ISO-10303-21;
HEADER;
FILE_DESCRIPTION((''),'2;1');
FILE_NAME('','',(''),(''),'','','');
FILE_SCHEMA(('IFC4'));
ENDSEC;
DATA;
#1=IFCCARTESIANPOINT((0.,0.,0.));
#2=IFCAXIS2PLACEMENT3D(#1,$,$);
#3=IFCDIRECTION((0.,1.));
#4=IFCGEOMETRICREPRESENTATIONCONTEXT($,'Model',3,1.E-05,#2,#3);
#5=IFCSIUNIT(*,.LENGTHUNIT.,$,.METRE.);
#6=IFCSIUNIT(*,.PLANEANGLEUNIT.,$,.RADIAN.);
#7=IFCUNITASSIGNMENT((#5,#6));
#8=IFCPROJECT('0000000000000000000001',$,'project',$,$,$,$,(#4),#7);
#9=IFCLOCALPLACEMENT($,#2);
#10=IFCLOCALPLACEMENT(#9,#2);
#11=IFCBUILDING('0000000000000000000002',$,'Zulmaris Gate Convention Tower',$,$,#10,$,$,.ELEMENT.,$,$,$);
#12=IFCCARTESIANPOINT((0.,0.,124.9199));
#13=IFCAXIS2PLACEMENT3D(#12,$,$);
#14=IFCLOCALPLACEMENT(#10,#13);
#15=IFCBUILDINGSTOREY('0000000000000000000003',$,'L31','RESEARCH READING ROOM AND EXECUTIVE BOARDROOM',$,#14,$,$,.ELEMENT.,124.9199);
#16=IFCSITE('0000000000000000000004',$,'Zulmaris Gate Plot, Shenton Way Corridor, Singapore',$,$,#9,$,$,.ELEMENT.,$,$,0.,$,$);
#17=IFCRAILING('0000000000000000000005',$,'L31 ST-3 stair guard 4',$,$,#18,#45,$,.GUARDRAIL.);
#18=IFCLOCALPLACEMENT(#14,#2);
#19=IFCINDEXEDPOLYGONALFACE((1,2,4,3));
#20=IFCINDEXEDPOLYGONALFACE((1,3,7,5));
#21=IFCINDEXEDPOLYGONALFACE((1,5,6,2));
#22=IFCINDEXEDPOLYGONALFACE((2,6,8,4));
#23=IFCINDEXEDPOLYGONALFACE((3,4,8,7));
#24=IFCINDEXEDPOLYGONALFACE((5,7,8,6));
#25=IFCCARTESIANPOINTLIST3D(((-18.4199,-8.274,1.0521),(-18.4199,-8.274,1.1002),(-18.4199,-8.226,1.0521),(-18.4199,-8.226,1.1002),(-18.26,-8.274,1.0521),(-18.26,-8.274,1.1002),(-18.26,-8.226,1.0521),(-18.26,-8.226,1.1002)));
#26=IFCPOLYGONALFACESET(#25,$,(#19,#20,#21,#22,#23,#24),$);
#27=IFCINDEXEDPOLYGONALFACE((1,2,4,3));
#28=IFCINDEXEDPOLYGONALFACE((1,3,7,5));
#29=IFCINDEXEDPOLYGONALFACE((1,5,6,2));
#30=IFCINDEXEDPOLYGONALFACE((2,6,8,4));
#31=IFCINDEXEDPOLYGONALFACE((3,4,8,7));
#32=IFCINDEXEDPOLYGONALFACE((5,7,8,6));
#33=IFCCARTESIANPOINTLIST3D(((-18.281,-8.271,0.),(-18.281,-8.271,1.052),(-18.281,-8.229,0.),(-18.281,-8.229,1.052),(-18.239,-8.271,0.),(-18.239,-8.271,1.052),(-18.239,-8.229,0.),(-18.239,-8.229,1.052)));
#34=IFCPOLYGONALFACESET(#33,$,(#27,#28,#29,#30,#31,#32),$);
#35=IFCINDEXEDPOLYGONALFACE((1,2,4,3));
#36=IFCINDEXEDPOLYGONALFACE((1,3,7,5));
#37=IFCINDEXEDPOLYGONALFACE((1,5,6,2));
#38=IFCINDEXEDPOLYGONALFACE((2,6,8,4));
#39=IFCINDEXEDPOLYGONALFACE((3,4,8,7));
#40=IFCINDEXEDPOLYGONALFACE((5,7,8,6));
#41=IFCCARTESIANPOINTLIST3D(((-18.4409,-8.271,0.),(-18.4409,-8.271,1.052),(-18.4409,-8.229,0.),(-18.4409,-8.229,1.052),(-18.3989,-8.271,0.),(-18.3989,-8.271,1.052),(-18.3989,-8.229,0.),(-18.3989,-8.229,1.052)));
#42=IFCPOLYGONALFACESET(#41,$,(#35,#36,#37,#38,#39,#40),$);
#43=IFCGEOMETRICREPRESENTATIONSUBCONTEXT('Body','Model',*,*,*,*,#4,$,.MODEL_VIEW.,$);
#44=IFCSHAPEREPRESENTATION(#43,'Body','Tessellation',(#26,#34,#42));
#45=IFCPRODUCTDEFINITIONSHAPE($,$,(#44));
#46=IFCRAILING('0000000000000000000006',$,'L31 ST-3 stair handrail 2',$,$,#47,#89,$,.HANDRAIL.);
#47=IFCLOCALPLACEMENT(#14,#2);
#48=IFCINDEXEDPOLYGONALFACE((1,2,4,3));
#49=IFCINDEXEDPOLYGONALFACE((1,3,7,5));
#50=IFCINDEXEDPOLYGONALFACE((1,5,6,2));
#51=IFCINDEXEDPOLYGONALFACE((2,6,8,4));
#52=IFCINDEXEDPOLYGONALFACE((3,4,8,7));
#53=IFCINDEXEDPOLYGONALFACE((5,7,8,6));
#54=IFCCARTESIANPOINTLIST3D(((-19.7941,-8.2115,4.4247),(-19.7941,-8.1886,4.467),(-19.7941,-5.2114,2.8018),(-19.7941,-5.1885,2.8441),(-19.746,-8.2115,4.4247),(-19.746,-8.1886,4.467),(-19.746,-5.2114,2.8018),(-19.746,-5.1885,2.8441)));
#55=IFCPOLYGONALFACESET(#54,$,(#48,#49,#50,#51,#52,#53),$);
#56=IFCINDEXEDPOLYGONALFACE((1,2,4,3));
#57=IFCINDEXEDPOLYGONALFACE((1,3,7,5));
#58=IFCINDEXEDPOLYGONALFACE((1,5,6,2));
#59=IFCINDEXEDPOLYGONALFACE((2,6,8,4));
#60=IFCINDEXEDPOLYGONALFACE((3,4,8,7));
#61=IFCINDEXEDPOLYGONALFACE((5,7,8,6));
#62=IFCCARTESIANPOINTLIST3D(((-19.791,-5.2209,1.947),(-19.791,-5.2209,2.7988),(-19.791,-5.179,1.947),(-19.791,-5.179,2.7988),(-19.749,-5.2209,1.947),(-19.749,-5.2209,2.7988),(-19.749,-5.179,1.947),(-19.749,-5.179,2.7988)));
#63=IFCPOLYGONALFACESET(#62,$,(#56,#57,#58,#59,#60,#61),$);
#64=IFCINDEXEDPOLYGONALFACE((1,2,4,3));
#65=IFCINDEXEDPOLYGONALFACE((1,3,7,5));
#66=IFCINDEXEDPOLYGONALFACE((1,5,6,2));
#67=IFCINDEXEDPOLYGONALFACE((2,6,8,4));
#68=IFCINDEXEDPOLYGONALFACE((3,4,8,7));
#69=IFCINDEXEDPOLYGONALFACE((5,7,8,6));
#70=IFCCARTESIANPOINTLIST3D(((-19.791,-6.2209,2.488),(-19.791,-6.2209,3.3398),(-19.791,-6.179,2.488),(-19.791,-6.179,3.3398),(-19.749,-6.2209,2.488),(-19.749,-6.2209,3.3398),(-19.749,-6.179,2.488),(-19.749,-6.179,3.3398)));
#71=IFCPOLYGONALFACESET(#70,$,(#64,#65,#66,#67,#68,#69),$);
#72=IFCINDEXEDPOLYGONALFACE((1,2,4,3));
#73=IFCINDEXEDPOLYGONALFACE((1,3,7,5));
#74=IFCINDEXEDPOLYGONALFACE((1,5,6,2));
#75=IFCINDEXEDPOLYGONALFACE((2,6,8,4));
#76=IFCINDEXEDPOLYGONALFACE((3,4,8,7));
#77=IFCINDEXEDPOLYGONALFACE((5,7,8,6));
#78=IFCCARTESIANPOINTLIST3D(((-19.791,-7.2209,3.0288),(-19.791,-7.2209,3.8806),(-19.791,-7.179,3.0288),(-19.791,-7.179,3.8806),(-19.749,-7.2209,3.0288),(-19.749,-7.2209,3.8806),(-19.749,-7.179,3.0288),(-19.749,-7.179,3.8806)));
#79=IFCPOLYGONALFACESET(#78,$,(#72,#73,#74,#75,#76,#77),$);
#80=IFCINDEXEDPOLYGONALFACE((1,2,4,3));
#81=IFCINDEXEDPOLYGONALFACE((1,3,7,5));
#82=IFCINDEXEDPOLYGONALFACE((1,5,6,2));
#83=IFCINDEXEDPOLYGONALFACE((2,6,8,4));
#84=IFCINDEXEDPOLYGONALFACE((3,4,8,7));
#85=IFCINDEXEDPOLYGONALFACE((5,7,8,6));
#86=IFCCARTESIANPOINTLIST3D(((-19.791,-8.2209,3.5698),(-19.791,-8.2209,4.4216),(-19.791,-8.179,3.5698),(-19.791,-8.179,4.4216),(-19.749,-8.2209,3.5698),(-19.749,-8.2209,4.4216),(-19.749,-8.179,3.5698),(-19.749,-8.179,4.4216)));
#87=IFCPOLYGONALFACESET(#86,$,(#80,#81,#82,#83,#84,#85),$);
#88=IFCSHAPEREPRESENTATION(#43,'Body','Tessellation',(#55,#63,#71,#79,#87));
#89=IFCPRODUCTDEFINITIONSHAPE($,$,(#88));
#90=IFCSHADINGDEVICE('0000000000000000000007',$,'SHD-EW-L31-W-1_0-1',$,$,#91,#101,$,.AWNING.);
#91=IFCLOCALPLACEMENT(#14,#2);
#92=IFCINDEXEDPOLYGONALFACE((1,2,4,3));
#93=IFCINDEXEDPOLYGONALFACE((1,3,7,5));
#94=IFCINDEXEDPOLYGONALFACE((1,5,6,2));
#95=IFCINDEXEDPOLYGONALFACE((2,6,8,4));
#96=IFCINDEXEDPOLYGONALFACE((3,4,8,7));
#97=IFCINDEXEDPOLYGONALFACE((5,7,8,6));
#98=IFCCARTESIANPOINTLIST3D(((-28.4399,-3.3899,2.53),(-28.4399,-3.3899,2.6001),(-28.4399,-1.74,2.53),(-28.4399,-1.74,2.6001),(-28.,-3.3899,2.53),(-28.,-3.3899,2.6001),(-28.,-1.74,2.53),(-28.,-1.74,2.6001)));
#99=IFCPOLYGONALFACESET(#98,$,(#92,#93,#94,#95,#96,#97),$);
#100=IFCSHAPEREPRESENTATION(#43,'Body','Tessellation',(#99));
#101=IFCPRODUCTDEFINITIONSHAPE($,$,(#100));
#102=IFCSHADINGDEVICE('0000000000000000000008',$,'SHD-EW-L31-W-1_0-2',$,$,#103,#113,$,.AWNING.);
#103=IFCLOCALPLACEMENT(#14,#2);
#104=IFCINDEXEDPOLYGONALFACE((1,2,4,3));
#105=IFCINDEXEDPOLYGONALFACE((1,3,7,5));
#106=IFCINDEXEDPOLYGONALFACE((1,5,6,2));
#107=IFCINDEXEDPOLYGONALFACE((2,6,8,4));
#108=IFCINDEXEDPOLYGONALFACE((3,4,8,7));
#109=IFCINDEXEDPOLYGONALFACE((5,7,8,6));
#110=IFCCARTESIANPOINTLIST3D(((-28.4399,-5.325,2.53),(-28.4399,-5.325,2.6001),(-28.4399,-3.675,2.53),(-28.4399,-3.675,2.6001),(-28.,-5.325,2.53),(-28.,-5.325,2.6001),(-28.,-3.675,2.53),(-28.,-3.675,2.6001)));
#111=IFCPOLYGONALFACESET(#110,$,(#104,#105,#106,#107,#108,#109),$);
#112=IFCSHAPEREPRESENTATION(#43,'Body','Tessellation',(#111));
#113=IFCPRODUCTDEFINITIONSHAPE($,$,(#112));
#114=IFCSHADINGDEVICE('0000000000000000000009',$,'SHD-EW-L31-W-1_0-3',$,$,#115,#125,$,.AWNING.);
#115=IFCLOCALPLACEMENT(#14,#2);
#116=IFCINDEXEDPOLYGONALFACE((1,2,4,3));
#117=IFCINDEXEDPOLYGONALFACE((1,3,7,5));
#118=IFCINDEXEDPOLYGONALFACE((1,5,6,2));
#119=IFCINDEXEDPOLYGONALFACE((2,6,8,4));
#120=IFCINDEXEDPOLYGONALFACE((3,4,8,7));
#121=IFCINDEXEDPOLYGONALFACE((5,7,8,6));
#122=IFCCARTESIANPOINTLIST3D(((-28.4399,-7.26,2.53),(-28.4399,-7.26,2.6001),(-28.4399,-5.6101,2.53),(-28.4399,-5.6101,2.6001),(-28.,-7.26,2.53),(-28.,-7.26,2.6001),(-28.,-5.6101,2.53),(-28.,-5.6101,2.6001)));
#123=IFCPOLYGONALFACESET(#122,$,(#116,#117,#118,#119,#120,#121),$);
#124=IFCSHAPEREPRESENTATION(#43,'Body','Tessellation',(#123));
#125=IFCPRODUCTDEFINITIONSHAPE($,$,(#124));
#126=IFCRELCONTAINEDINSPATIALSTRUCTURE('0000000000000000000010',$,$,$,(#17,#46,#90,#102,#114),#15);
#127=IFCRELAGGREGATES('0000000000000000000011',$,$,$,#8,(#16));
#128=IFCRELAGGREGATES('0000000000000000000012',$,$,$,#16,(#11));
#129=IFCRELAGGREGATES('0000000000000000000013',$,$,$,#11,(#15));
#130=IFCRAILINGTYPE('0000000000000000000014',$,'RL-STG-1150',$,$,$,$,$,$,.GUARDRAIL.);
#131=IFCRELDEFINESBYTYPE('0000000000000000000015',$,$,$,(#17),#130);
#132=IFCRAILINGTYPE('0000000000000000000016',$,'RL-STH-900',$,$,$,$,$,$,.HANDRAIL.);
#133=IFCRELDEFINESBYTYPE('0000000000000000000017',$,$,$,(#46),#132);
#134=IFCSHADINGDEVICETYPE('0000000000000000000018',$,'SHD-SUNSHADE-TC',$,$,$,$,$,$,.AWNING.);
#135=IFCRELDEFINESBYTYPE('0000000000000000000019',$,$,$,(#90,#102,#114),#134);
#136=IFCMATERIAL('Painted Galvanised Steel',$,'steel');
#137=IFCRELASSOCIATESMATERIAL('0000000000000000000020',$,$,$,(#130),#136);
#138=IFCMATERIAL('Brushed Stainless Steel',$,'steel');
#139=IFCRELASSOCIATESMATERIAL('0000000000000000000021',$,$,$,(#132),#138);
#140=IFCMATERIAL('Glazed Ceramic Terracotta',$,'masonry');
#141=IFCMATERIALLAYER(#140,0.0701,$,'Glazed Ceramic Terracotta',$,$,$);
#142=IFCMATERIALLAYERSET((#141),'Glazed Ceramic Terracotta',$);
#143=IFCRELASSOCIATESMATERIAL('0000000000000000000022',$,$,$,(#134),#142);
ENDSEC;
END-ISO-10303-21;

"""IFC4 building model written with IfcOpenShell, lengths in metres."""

from ifc_helpers import new_model, si_unit, direction, frame, frame_2d, origin, origin_2d, place, context, subcontext, project, spatial, rectangle, extrude, material, layer, layer_set, type_object, element, save


model = new_model("IFC4")

# Units and contexts
model_context = context("Model", 3, precision=1e-05, world=origin(), true_north=direction((0.0, 1.0)))
body_context = subcontext(model_context, "Body", "Model", "MODEL_VIEW")
ifc_project = project(units=[si_unit("LENGTHUNIT", "METRE"), si_unit("PLANEANGLEUNIT", "RADIAN")], contexts=[model_context])

# Site, building, storey
site_placement = place(None, origin())
site = spatial("IfcSite", under=ifc_project, at=site_placement, Name="Zulmaris Gate Plot, Shenton Way Corridor, Singapore", CompositionType="ELEMENT", RefElevation=0.0)
building_placement = place(site_placement, origin())
building = spatial("IfcBuilding", under=site, at=building_placement, Name="Zulmaris Gate Convention Tower", CompositionType="ELEMENT")
storey_placement = place(building_placement, frame((0.0, 0.0, 124.9199)))
storey = spatial("IfcBuildingStorey", under=building, at=storey_placement, Name="L31", Description="RESEARCH READING ROOM AND EXECUTIVE BOARDROOM", CompositionType="ELEMENT", Elevation=124.9199)

# Railings
ifc_material_1 = material(Name="Painted Galvanised Steel", Category="steel")
railing_type_1 = type_object("IfcRailingType", Name="RL-STG-1150", PredefinedType="GUARDRAIL", material=ifc_material_1)
railing_1_placement = place(storey_placement, frame((-18.26, -8.25, 0.0)))
element("IfcRailing", 1, at=railing_1_placement, inside=storey, type_object=railing_type_1, Name="L31 ST-3 stair guard 4", PredefinedType="GUARDRAIL", context=body_context, shape_type="SweptSolid", body=[
    extrude(rectangle(XDim=0.0481, YDim=0.0481, at=origin_2d()), frame((0.0, 0.0, 1.0762), z_axis=(-1.0, 0.0, 0.0), x_axis=(0.0, -1.0, 0.0)), (0.0, 0.0, 1.0), 0.1599),
    extrude(rectangle(XDim=0.042, YDim=0.042, at=origin_2d()), origin(), (0.0, 0.0, 1.0), 1.052),
    extrude(rectangle(XDim=0.042, YDim=0.042, at=origin_2d()), frame((-0.1599, 0.0, 0.0)), (0.0, 0.0, 1.0), 1.052),
])
ifc_material_2 = material(Name="Brushed Stainless Steel", Category="steel")
railing_type_2 = type_object("IfcRailingType", Name="RL-STH-900", PredefinedType="HANDRAIL", material=ifc_material_2)
railing_2_placement = place(storey_placement, frame((-19.77, -5.2, 1.947)))
element("IfcRailing", 2, at=railing_2_placement, inside=storey, type_object=railing_type_2, Name="L31 ST-3 stair handrail 2", PredefinedType="HANDRAIL", context=body_context, shape_type="SweptSolid", body=[
    extrude(rectangle(XDim=0.0481, YDim=0.0481, at=origin_2d()), frame((0.0, 0.0, 0.876), z_axis=(0.0, -0.879562, 0.475785), x_axis=(1.0, 0.0, 0.0)), (0.0, 0.0, 1.0), 3.4109),
    extrude(rectangle(XDim=0.042, YDim=0.042, at=origin_2d()), origin(), (0.0, 0.0, 1.0), 0.8518),
    extrude(rectangle(XDim=0.042, YDim=0.042, at=origin_2d()), frame((0.0, -1.0, 0.541)), (0.0, 0.0, 1.0), 0.8518),
    extrude(rectangle(XDim=0.042, YDim=0.042, at=origin_2d()), frame((0.0, -2.0, 1.0818)), (0.0, 0.0, 1.0), 0.8518),
    extrude(rectangle(XDim=0.042, YDim=0.042, at=origin_2d()), frame((0.0, -3.0, 1.6228)), (0.0, 0.0, 1.0), 0.8518),
])

# Shading devices
ifc_material_3 = material(Name="Glazed Ceramic Terracotta", Category="masonry")
ifc_layer_1 = layer(ifc_material_3, 0.0701, Name="Glazed Ceramic Terracotta")
ifc_layer_set_1 = layer_set([ifc_layer_1], Name="Glazed Ceramic Terracotta")
shading_device_type = type_object("IfcShadingDeviceType", Name="SHD-SUNSHADE-TC", PredefinedType="AWNING", material=ifc_layer_set_1)
for number, where, z_axis, x_axis, name in (
    (3, (-28.22, -1.74, 2.53), (0.0, 0.0, 1.0), (0.0, -1.0, 0.0), "SHD-EW-L31-W-1_0-1"),
    (4, (-28.22, -3.675, 2.53), (0.0, 0.0, 1.0), (0.0, -1.0, 0.0), "SHD-EW-L31-W-1_0-2"),
    (5, (-28.22, -5.6101, 2.53), (0.0, 0.0, 1.0), (0.0, -1.0, 0.0), "SHD-EW-L31-W-1_0-3"),
):
    element("IfcShadingDevice", number, at=place(storey_placement, frame(where, z_axis=z_axis, x_axis=x_axis)), inside=storey, type_object=shading_device_type, Name=name, PredefinedType="AWNING", context=body_context, shape_type="SweptSolid", body=[
        extrude(rectangle(XDim=1.6499, YDim=0.4399, at=frame_2d((0.825, 0.0))), origin(), (0.0, 0.0, 1.0), 0.0701),
    ])

save(model, "model.ifc")
